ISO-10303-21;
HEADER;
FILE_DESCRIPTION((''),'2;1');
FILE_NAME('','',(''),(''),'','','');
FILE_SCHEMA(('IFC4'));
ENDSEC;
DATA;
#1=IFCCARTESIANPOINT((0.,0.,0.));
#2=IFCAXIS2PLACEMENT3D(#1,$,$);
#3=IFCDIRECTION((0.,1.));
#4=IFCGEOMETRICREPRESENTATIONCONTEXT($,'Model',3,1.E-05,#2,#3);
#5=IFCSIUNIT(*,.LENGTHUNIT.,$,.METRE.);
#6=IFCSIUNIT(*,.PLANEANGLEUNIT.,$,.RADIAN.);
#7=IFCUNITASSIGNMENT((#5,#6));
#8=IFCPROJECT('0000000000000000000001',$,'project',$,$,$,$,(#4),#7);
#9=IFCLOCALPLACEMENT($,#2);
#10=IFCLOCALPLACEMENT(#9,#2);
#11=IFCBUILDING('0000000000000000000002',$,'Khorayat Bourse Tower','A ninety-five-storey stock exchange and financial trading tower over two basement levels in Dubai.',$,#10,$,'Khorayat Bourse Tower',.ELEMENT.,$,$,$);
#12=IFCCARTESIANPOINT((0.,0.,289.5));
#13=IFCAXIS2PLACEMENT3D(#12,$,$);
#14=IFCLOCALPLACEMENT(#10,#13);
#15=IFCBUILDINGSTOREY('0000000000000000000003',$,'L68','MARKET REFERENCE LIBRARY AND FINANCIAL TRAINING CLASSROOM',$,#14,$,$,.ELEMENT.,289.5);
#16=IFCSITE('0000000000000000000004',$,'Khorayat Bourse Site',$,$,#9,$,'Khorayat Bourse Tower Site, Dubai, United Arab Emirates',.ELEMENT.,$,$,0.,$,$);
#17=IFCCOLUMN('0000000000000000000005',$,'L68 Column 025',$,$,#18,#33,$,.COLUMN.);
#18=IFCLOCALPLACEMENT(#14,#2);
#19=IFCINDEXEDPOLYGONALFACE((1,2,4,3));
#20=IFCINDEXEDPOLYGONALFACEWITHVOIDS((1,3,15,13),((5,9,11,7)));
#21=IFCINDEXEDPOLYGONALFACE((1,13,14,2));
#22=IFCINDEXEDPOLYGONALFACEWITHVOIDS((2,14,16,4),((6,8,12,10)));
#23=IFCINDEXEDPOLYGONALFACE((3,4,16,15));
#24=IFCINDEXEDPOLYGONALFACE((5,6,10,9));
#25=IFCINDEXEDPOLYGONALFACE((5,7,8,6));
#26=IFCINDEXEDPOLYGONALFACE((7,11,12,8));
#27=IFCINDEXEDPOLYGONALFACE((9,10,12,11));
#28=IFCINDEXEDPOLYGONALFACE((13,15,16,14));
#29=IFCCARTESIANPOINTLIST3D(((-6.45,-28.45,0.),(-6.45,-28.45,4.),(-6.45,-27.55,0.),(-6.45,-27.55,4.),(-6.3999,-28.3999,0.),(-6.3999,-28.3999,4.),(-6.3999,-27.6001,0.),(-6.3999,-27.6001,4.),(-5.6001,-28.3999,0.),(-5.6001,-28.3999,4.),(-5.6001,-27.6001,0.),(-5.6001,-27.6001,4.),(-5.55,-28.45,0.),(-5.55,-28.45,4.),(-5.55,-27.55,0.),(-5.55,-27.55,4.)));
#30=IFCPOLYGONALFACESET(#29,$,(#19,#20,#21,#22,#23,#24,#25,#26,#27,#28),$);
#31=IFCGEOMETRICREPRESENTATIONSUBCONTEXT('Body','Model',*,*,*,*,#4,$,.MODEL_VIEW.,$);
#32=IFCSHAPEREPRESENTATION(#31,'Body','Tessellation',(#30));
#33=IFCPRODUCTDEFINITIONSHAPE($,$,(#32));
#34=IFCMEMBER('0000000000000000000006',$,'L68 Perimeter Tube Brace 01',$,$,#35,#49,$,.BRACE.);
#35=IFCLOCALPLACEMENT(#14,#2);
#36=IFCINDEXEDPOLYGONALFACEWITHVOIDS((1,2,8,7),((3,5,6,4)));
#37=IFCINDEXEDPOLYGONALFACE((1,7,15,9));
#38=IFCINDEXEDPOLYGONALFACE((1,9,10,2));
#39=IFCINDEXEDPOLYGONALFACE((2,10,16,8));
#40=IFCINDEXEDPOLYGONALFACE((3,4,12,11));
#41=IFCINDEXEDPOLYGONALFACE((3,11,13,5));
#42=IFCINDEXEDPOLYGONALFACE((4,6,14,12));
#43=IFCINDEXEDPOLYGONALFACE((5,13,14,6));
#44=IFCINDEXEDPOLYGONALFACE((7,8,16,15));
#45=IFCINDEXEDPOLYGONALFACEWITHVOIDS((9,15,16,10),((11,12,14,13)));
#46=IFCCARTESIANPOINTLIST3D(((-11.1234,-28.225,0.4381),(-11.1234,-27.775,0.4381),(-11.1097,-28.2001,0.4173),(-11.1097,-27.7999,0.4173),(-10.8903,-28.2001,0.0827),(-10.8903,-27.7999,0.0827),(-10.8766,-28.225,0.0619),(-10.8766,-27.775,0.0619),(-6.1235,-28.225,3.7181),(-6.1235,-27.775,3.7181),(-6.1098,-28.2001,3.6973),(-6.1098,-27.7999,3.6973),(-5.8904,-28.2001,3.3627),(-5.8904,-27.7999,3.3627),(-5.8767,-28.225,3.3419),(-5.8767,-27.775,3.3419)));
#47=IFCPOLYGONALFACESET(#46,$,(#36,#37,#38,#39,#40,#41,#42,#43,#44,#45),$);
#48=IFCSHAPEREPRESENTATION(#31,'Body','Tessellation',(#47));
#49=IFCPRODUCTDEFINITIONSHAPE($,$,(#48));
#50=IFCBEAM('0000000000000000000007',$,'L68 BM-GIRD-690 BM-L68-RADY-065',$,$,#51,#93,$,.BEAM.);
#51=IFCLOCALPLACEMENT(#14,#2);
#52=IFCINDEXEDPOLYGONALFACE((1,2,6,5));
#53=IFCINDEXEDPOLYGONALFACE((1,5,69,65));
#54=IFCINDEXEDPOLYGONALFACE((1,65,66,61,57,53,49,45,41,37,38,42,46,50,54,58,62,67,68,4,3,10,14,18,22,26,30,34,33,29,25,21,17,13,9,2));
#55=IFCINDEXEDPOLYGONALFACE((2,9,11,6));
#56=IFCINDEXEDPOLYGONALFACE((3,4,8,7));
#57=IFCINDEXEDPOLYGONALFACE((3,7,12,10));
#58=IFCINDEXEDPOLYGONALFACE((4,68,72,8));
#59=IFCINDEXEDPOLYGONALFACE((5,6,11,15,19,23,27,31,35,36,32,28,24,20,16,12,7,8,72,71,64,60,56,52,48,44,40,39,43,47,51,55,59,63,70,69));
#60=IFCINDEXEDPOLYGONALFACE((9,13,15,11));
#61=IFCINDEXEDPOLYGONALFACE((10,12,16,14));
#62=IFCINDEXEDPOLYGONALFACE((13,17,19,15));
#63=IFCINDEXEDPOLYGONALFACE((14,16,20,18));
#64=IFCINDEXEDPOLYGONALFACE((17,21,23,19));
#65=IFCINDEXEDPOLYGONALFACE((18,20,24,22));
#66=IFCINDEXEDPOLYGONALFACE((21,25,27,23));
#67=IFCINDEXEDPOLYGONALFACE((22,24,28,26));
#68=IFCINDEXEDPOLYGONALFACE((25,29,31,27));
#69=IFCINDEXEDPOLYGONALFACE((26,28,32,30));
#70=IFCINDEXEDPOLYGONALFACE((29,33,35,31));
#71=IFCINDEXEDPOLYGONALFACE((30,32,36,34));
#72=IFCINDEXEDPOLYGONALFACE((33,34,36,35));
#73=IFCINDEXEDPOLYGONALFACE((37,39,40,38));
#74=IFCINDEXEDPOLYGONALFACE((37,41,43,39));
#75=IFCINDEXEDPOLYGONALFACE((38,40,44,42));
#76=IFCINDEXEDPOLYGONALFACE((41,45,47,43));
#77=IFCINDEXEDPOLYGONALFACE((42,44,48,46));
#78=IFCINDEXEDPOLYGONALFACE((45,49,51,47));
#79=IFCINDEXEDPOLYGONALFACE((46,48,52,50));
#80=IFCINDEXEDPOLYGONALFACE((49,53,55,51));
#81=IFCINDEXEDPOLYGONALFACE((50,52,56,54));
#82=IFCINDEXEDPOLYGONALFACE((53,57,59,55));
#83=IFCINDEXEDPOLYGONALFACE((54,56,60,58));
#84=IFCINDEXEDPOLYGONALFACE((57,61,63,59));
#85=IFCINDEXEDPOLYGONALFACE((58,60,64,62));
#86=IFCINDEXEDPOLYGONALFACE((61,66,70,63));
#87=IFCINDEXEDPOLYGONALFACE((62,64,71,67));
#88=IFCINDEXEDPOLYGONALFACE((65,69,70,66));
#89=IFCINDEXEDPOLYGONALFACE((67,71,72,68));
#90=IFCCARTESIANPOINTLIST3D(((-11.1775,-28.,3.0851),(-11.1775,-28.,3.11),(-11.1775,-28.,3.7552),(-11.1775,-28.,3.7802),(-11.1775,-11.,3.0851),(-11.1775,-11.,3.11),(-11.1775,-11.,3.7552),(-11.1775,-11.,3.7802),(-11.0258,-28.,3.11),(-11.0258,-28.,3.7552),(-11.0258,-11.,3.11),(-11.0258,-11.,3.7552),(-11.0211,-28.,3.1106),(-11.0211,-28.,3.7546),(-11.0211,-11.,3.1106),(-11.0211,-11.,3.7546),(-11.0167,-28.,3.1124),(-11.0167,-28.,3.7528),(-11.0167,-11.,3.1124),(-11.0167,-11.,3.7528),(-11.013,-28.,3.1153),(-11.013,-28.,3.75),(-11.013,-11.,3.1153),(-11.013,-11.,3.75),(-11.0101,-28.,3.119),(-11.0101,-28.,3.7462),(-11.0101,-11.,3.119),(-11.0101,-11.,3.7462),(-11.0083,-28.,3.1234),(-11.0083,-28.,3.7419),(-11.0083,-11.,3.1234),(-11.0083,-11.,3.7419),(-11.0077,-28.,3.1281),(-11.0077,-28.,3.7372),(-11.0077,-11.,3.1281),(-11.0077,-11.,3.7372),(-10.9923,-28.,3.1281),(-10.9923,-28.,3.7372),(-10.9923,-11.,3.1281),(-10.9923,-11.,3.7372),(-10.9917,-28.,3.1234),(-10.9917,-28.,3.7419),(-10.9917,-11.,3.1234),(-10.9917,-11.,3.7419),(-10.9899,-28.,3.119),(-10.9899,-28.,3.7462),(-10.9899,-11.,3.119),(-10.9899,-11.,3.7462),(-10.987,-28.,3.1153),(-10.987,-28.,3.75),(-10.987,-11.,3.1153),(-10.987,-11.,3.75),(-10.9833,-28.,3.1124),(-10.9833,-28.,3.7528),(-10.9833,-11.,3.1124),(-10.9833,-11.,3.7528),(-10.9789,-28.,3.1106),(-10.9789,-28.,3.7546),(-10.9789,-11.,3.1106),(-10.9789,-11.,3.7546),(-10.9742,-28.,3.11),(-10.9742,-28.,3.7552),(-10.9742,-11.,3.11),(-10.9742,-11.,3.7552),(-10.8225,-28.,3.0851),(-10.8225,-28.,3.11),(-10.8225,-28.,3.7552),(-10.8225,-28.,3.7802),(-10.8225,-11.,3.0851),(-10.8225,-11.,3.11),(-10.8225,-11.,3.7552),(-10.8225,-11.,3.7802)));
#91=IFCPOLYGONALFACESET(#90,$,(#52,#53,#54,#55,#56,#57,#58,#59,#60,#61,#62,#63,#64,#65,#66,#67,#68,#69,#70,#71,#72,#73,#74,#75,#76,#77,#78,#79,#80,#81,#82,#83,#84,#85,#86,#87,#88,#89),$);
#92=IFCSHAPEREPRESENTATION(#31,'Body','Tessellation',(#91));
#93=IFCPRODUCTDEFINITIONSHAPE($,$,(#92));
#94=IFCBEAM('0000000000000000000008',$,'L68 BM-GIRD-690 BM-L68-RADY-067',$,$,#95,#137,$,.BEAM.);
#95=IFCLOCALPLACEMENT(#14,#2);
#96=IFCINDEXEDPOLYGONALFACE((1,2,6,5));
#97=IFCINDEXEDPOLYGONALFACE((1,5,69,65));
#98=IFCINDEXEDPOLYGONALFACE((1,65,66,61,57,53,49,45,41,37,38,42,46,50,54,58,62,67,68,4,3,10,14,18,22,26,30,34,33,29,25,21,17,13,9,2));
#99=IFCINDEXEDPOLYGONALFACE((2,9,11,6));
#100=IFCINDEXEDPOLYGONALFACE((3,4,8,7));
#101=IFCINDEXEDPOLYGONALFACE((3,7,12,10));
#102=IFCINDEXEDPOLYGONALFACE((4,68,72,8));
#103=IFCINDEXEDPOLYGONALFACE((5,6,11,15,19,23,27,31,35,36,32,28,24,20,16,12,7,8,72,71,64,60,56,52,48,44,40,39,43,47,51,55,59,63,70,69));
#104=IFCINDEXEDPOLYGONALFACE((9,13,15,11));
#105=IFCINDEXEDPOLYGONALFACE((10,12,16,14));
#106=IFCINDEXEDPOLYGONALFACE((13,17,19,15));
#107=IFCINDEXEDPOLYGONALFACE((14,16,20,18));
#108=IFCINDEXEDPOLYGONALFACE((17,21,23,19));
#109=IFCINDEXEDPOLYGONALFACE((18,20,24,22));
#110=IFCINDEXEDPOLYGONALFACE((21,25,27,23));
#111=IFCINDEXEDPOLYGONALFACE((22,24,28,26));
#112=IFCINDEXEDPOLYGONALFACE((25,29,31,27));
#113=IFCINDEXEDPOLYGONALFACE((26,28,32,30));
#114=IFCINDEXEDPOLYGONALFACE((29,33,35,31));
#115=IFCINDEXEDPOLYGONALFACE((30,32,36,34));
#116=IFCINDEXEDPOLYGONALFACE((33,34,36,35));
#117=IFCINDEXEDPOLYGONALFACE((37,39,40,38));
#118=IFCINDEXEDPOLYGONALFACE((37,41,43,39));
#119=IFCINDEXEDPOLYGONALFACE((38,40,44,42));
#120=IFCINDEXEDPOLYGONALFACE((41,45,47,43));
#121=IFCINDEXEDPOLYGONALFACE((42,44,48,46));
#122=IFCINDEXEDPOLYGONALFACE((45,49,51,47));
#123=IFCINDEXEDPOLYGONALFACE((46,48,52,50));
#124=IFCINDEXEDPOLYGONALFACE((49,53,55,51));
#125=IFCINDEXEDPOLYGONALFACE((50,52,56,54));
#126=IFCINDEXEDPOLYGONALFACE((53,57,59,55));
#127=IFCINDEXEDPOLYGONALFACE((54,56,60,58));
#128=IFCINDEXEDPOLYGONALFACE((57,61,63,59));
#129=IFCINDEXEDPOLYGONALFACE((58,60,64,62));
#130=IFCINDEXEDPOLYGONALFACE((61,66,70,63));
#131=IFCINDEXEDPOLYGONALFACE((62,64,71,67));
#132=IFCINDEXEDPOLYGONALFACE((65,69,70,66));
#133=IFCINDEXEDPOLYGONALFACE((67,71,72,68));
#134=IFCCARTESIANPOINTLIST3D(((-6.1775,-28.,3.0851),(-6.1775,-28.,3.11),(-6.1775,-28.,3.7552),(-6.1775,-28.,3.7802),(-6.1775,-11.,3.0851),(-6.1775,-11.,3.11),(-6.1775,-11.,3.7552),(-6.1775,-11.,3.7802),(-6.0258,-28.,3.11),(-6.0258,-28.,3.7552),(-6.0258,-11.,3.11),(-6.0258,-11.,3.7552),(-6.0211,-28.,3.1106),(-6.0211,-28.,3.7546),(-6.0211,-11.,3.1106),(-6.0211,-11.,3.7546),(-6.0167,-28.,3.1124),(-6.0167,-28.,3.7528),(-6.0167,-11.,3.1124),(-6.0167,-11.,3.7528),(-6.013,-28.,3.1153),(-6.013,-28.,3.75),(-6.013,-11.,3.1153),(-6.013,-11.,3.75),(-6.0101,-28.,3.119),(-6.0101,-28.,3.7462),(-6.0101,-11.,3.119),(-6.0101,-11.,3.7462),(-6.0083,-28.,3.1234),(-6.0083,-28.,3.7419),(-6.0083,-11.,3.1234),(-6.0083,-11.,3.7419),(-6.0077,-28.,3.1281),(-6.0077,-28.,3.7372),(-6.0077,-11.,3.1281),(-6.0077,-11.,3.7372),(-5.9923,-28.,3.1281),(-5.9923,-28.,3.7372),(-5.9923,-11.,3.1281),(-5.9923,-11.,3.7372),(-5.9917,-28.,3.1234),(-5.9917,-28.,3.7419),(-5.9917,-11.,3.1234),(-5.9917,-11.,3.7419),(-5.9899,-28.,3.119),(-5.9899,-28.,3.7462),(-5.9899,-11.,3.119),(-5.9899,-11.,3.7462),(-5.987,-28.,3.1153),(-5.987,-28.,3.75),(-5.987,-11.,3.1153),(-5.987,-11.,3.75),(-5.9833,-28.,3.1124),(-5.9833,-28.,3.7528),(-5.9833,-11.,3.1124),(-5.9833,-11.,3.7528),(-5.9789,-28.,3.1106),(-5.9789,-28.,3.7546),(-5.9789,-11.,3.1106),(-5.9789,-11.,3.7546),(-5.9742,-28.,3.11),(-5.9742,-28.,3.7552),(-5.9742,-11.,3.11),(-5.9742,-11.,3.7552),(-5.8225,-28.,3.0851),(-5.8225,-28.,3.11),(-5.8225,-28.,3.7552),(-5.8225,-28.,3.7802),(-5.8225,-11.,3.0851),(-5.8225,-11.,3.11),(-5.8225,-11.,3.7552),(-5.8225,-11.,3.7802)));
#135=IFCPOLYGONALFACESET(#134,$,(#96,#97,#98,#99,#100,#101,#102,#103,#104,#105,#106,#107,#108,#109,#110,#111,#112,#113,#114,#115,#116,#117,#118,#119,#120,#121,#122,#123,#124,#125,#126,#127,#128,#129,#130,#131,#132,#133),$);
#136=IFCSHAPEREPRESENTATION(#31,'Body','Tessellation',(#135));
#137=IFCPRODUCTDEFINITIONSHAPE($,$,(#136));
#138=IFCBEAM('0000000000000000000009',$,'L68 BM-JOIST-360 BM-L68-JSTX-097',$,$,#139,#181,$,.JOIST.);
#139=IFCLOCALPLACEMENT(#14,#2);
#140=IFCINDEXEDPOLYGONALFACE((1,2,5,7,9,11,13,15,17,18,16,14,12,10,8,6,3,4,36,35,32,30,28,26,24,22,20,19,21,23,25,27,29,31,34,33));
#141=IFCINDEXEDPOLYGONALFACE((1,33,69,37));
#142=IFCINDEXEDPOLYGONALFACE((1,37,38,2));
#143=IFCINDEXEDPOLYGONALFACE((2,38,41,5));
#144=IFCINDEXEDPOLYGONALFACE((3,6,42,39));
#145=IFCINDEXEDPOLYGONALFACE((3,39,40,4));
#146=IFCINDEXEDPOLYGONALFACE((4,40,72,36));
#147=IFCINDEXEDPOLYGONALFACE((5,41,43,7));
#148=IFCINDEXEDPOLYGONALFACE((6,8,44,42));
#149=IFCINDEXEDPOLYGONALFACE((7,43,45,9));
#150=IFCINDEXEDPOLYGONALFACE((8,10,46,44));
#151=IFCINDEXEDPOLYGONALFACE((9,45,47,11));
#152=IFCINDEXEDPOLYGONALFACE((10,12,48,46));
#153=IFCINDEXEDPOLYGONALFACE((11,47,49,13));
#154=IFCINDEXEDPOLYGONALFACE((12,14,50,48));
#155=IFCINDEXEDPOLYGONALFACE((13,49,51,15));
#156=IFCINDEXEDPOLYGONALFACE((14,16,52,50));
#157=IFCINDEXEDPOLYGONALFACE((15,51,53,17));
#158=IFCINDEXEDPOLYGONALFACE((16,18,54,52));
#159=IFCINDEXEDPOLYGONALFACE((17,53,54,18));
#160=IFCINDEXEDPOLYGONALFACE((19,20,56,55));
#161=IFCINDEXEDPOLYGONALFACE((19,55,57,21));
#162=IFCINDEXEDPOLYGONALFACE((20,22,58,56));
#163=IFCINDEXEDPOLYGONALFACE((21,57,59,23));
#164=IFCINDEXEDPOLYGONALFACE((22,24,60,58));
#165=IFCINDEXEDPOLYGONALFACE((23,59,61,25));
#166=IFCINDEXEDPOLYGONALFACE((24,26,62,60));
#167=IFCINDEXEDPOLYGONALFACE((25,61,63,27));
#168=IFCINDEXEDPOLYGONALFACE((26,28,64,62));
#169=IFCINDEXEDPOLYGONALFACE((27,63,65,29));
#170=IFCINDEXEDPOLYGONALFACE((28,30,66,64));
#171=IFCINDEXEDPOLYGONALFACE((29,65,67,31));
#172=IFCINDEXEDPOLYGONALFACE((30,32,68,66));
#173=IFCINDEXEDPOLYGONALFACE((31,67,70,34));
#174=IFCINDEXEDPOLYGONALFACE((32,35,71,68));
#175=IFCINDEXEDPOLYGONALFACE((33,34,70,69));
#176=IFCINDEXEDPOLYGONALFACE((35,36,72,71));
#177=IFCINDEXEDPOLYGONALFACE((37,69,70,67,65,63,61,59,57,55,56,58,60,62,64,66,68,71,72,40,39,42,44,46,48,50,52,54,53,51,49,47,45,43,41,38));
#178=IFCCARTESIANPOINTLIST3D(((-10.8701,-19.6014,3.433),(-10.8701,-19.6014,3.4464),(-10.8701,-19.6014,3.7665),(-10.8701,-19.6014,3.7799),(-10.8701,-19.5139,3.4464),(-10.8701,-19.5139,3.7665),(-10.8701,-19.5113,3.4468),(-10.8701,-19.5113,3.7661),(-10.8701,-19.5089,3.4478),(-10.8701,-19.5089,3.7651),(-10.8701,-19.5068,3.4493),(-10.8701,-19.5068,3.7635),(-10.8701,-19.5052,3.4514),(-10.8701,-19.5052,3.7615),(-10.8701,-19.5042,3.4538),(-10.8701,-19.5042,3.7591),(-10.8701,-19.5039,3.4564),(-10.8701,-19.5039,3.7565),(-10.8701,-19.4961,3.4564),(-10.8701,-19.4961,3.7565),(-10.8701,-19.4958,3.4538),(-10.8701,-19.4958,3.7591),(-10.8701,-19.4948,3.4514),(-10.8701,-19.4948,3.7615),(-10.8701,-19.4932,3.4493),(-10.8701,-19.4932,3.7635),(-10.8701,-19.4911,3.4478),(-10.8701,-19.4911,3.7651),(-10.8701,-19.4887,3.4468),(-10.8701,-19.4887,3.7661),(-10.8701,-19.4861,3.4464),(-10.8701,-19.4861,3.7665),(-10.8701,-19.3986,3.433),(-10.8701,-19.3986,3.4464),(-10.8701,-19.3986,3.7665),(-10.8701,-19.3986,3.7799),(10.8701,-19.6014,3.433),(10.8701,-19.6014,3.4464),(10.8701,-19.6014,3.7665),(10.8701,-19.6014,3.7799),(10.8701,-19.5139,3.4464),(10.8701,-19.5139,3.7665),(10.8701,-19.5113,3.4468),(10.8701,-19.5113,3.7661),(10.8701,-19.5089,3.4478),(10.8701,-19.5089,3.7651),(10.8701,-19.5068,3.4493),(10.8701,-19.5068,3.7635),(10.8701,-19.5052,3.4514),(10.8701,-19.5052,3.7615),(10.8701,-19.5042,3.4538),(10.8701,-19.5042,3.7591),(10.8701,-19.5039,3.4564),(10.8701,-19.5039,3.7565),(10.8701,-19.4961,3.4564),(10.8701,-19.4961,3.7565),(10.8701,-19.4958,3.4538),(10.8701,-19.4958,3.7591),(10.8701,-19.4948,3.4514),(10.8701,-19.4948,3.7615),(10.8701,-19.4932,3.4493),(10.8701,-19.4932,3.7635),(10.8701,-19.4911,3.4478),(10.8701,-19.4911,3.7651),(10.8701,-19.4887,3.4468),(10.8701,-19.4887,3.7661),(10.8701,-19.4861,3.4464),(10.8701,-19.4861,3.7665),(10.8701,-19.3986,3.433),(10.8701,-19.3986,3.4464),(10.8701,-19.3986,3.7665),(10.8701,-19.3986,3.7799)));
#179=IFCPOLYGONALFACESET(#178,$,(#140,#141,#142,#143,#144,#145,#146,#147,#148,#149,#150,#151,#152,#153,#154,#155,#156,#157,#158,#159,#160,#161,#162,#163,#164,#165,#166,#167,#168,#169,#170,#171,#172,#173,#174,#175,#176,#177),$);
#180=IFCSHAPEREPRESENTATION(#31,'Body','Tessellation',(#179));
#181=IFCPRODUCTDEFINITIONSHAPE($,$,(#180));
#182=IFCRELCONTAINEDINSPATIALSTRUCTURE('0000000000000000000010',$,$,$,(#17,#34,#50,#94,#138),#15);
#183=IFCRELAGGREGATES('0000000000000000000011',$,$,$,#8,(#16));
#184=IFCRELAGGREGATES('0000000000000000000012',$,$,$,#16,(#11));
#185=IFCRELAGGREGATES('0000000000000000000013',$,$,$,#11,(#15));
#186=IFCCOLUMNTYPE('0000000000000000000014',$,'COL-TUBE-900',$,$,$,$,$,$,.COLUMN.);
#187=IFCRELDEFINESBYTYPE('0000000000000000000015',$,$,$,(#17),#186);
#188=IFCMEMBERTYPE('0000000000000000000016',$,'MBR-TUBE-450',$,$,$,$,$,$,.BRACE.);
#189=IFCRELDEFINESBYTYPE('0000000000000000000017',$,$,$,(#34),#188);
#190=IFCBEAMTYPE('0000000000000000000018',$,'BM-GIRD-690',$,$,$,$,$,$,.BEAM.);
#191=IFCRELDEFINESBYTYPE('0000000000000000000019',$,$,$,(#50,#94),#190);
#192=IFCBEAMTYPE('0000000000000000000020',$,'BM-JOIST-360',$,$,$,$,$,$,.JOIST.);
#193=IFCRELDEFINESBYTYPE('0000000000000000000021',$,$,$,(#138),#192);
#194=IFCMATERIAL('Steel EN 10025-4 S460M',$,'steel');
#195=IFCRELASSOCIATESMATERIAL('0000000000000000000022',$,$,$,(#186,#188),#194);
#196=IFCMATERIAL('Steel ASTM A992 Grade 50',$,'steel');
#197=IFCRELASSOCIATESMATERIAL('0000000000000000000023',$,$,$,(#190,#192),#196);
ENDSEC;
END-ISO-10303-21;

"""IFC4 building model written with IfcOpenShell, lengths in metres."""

from ifc_helpers import new_model, si_unit, direction, frame, origin, origin_2d, place, context, subcontext, project, spatial, hollow_rectangle, i_section, extrude, source, transform, mapped, material, material_profile, profile_set, type_object, element, save


model = new_model("IFC4")

# Units and contexts
model_context = context("Model", 3, precision=1e-05, world=origin(), true_north=direction((0.0, 1.0)))
body_context = subcontext(model_context, "Body", "Model", "MODEL_VIEW")
ifc_project = project(units=[si_unit("LENGTHUNIT", "METRE"), si_unit("PLANEANGLEUNIT", "RADIAN")], contexts=[model_context])

# Site, building, storey
site_placement = place(None, origin())
site = spatial("IfcSite", under=ifc_project, at=site_placement, Name="Khorayat Bourse Site", LongName="Khorayat Bourse Tower Site, Dubai, United Arab Emirates", CompositionType="ELEMENT", RefElevation=0.0)
building_placement = place(site_placement, origin())
building = spatial("IfcBuilding", under=site, at=building_placement, Name="Khorayat Bourse Tower", Description="A ninety-five-storey stock exchange and financial trading tower over two basement levels in Dubai.", LongName="Khorayat Bourse Tower", CompositionType="ELEMENT")
storey_placement = place(building_placement, frame((0.0, 0.0, 289.5)))
storey = spatial("IfcBuildingStorey", under=building, at=storey_placement, Name="L68", Description="MARKET REFERENCE LIBRARY AND FINANCIAL TRAINING CLASSROOM", CompositionType="ELEMENT", Elevation=289.5)

# Column
ifc_material_1 = material(Name="Steel EN 10025-4 S460M", Category="steel")
ifc_material_profile_1 = material_profile(ifc_material_1, hollow_rectangle(XDim=0.8999, YDim=0.8999, WallThickness=0.05, at=origin_2d()), Name="BOX 900x900x50")
ifc_profile_set_1 = profile_set([ifc_material_profile_1], Name="Steel EN 10025-4 S460M")
column_type = type_object("IfcColumnType", Name="COL-TUBE-900", PredefinedType="COLUMN", material=ifc_profile_set_1)
shared_shape_1 = source(origin(), body_context, "Body", "SweptSolid", [
    extrude(hollow_rectangle(XDim=0.8999, YDim=0.8999, WallThickness=0.05, at=origin_2d()), origin(), (0.0, 0.0, 1.0), 4.0),
])
column_placement = place(storey_placement, frame((-6.0, -28.0, 0.0), z_axis=(0.0, 0.0, 1.0), x_axis=(1.0, 0.0, 0.0)))
element("IfcColumn", 1, at=column_placement, inside=storey, type_object=column_type, Name="L68 Column 025", PredefinedType="COLUMN", context=body_context, shape_type="MappedRepresentation", body=[
    mapped(shared_shape_1, transform((0.0, 0.0, 0.0), scale=1.0)),
])

# Member
ifc_material_profile_2 = material_profile(ifc_material_1, hollow_rectangle(XDim=0.45, YDim=0.45, WallThickness=0.0249, at=origin_2d()), Name="HSS 450x450x25")
ifc_profile_set_2 = profile_set([ifc_material_profile_2], Name="Steel EN 10025-4 S460M")
member_type = type_object("IfcMemberType", Name="MBR-TUBE-450", PredefinedType="BRACE", material=ifc_profile_set_2)
shared_shape_2 = source(origin(), body_context, "Body", "SweptSolid", [
    extrude(hollow_rectangle(XDim=0.45, YDim=0.45, WallThickness=0.0249, at=origin_2d()), origin(), (0.0, 0.0, 1.0), 5.9797),
])
member_placement = place(storey_placement, frame((-11.0, -28.0, 0.25), z_axis=(0.836142, 0.0, 0.548514), x_axis=(0.0, 1.0, 0.0)))
element("IfcMember", 2, at=member_placement, inside=storey, type_object=member_type, Name="L68 Perimeter Tube Brace 01", PredefinedType="BRACE", context=body_context, shape_type="MappedRepresentation", body=[
    mapped(shared_shape_2, transform((0.0, 0.0, 0.0), scale=1.0)),
])

# Beams
ifc_material_2 = material(Name="Steel ASTM A992 Grade 50", Category="steel")
ifc_material_profile_3 = material_profile(ifc_material_2, i_section(OverallWidth=0.355, OverallDepth=0.6951, WebThickness=0.0154, FlangeThickness=0.0249, FilletRadius=0.0181, at=origin_2d()), Name="W690X217")
ifc_profile_set_3 = profile_set([ifc_material_profile_3], Name="Steel ASTM A992 Grade 50")
beam_type_1 = type_object("IfcBeamType", Name="BM-GIRD-690", PredefinedType="BEAM", material=ifc_profile_set_3)
shared_shape_3 = source(origin(), body_context, "Body", "SweptSolid", [
    extrude(i_section(OverallWidth=0.355, OverallDepth=0.6951, WebThickness=0.0154, FlangeThickness=0.0249, FilletRadius=0.0181, at=origin_2d()), origin(), (0.0, 0.0, 1.0), 17.0),
])
for number, where, z_axis, x_axis, name in (
    (3, (-11.0, -28.0, 3.4326), (0.0, 1.0, 0.0), (-1.0, 0.0, 0.0), "L68 BM-GIRD-690 BM-L68-RADY-065"),
    (4, (-6.0, -28.0, 3.4326), (0.0, 1.0, 0.0), (-1.0, 0.0, 0.0), "L68 BM-GIRD-690 BM-L68-RADY-067"),
):
    element("IfcBeam", number, at=place(storey_placement, frame(where, z_axis=z_axis, x_axis=x_axis)), inside=storey, type_object=beam_type_1, Name=name, PredefinedType="BEAM", context=body_context, shape_type="MappedRepresentation", body=[
        mapped(shared_shape_3, transform((0.0, 0.0, 0.0), scale=1.0)),
    ])
ifc_material_profile_4 = material_profile(ifc_material_2, i_section(OverallWidth=0.2029, OverallDepth=0.3469, WebThickness=0.0078, FlangeThickness=0.0134, FilletRadius=0.01, at=origin_2d()), Name="W360X64")
ifc_profile_set_4 = profile_set([ifc_material_profile_4], Name="Steel ASTM A992 Grade 50")
beam_type_2 = type_object("IfcBeamType", Name="BM-JOIST-360", PredefinedType="JOIST", material=ifc_profile_set_4)
shared_shape_4 = source(origin(), body_context, "Body", "SweptSolid", [
    extrude(i_section(OverallWidth=0.2029, OverallDepth=0.3469, WebThickness=0.0078, FlangeThickness=0.0134, FilletRadius=0.01, at=origin_2d()), origin(), (0.0, 0.0, 1.0), 21.7402),
])
beam_1_placement = place(storey_placement, frame((-10.8701, -19.5, 3.6064), z_axis=(1.0, 0.0, 0.0), x_axis=(0.0, 1.0, 0.0)))
element("IfcBeam", 5, at=beam_1_placement, inside=storey, type_object=beam_type_2, Name="L68 BM-JOIST-360 BM-L68-JSTX-097", PredefinedType="JOIST", context=body_context, shape_type="MappedRepresentation", body=[
    mapped(shared_shape_4, transform((0.0, 0.0, 0.0), scale=1.0)),
])

save(model, "model.ifc")
